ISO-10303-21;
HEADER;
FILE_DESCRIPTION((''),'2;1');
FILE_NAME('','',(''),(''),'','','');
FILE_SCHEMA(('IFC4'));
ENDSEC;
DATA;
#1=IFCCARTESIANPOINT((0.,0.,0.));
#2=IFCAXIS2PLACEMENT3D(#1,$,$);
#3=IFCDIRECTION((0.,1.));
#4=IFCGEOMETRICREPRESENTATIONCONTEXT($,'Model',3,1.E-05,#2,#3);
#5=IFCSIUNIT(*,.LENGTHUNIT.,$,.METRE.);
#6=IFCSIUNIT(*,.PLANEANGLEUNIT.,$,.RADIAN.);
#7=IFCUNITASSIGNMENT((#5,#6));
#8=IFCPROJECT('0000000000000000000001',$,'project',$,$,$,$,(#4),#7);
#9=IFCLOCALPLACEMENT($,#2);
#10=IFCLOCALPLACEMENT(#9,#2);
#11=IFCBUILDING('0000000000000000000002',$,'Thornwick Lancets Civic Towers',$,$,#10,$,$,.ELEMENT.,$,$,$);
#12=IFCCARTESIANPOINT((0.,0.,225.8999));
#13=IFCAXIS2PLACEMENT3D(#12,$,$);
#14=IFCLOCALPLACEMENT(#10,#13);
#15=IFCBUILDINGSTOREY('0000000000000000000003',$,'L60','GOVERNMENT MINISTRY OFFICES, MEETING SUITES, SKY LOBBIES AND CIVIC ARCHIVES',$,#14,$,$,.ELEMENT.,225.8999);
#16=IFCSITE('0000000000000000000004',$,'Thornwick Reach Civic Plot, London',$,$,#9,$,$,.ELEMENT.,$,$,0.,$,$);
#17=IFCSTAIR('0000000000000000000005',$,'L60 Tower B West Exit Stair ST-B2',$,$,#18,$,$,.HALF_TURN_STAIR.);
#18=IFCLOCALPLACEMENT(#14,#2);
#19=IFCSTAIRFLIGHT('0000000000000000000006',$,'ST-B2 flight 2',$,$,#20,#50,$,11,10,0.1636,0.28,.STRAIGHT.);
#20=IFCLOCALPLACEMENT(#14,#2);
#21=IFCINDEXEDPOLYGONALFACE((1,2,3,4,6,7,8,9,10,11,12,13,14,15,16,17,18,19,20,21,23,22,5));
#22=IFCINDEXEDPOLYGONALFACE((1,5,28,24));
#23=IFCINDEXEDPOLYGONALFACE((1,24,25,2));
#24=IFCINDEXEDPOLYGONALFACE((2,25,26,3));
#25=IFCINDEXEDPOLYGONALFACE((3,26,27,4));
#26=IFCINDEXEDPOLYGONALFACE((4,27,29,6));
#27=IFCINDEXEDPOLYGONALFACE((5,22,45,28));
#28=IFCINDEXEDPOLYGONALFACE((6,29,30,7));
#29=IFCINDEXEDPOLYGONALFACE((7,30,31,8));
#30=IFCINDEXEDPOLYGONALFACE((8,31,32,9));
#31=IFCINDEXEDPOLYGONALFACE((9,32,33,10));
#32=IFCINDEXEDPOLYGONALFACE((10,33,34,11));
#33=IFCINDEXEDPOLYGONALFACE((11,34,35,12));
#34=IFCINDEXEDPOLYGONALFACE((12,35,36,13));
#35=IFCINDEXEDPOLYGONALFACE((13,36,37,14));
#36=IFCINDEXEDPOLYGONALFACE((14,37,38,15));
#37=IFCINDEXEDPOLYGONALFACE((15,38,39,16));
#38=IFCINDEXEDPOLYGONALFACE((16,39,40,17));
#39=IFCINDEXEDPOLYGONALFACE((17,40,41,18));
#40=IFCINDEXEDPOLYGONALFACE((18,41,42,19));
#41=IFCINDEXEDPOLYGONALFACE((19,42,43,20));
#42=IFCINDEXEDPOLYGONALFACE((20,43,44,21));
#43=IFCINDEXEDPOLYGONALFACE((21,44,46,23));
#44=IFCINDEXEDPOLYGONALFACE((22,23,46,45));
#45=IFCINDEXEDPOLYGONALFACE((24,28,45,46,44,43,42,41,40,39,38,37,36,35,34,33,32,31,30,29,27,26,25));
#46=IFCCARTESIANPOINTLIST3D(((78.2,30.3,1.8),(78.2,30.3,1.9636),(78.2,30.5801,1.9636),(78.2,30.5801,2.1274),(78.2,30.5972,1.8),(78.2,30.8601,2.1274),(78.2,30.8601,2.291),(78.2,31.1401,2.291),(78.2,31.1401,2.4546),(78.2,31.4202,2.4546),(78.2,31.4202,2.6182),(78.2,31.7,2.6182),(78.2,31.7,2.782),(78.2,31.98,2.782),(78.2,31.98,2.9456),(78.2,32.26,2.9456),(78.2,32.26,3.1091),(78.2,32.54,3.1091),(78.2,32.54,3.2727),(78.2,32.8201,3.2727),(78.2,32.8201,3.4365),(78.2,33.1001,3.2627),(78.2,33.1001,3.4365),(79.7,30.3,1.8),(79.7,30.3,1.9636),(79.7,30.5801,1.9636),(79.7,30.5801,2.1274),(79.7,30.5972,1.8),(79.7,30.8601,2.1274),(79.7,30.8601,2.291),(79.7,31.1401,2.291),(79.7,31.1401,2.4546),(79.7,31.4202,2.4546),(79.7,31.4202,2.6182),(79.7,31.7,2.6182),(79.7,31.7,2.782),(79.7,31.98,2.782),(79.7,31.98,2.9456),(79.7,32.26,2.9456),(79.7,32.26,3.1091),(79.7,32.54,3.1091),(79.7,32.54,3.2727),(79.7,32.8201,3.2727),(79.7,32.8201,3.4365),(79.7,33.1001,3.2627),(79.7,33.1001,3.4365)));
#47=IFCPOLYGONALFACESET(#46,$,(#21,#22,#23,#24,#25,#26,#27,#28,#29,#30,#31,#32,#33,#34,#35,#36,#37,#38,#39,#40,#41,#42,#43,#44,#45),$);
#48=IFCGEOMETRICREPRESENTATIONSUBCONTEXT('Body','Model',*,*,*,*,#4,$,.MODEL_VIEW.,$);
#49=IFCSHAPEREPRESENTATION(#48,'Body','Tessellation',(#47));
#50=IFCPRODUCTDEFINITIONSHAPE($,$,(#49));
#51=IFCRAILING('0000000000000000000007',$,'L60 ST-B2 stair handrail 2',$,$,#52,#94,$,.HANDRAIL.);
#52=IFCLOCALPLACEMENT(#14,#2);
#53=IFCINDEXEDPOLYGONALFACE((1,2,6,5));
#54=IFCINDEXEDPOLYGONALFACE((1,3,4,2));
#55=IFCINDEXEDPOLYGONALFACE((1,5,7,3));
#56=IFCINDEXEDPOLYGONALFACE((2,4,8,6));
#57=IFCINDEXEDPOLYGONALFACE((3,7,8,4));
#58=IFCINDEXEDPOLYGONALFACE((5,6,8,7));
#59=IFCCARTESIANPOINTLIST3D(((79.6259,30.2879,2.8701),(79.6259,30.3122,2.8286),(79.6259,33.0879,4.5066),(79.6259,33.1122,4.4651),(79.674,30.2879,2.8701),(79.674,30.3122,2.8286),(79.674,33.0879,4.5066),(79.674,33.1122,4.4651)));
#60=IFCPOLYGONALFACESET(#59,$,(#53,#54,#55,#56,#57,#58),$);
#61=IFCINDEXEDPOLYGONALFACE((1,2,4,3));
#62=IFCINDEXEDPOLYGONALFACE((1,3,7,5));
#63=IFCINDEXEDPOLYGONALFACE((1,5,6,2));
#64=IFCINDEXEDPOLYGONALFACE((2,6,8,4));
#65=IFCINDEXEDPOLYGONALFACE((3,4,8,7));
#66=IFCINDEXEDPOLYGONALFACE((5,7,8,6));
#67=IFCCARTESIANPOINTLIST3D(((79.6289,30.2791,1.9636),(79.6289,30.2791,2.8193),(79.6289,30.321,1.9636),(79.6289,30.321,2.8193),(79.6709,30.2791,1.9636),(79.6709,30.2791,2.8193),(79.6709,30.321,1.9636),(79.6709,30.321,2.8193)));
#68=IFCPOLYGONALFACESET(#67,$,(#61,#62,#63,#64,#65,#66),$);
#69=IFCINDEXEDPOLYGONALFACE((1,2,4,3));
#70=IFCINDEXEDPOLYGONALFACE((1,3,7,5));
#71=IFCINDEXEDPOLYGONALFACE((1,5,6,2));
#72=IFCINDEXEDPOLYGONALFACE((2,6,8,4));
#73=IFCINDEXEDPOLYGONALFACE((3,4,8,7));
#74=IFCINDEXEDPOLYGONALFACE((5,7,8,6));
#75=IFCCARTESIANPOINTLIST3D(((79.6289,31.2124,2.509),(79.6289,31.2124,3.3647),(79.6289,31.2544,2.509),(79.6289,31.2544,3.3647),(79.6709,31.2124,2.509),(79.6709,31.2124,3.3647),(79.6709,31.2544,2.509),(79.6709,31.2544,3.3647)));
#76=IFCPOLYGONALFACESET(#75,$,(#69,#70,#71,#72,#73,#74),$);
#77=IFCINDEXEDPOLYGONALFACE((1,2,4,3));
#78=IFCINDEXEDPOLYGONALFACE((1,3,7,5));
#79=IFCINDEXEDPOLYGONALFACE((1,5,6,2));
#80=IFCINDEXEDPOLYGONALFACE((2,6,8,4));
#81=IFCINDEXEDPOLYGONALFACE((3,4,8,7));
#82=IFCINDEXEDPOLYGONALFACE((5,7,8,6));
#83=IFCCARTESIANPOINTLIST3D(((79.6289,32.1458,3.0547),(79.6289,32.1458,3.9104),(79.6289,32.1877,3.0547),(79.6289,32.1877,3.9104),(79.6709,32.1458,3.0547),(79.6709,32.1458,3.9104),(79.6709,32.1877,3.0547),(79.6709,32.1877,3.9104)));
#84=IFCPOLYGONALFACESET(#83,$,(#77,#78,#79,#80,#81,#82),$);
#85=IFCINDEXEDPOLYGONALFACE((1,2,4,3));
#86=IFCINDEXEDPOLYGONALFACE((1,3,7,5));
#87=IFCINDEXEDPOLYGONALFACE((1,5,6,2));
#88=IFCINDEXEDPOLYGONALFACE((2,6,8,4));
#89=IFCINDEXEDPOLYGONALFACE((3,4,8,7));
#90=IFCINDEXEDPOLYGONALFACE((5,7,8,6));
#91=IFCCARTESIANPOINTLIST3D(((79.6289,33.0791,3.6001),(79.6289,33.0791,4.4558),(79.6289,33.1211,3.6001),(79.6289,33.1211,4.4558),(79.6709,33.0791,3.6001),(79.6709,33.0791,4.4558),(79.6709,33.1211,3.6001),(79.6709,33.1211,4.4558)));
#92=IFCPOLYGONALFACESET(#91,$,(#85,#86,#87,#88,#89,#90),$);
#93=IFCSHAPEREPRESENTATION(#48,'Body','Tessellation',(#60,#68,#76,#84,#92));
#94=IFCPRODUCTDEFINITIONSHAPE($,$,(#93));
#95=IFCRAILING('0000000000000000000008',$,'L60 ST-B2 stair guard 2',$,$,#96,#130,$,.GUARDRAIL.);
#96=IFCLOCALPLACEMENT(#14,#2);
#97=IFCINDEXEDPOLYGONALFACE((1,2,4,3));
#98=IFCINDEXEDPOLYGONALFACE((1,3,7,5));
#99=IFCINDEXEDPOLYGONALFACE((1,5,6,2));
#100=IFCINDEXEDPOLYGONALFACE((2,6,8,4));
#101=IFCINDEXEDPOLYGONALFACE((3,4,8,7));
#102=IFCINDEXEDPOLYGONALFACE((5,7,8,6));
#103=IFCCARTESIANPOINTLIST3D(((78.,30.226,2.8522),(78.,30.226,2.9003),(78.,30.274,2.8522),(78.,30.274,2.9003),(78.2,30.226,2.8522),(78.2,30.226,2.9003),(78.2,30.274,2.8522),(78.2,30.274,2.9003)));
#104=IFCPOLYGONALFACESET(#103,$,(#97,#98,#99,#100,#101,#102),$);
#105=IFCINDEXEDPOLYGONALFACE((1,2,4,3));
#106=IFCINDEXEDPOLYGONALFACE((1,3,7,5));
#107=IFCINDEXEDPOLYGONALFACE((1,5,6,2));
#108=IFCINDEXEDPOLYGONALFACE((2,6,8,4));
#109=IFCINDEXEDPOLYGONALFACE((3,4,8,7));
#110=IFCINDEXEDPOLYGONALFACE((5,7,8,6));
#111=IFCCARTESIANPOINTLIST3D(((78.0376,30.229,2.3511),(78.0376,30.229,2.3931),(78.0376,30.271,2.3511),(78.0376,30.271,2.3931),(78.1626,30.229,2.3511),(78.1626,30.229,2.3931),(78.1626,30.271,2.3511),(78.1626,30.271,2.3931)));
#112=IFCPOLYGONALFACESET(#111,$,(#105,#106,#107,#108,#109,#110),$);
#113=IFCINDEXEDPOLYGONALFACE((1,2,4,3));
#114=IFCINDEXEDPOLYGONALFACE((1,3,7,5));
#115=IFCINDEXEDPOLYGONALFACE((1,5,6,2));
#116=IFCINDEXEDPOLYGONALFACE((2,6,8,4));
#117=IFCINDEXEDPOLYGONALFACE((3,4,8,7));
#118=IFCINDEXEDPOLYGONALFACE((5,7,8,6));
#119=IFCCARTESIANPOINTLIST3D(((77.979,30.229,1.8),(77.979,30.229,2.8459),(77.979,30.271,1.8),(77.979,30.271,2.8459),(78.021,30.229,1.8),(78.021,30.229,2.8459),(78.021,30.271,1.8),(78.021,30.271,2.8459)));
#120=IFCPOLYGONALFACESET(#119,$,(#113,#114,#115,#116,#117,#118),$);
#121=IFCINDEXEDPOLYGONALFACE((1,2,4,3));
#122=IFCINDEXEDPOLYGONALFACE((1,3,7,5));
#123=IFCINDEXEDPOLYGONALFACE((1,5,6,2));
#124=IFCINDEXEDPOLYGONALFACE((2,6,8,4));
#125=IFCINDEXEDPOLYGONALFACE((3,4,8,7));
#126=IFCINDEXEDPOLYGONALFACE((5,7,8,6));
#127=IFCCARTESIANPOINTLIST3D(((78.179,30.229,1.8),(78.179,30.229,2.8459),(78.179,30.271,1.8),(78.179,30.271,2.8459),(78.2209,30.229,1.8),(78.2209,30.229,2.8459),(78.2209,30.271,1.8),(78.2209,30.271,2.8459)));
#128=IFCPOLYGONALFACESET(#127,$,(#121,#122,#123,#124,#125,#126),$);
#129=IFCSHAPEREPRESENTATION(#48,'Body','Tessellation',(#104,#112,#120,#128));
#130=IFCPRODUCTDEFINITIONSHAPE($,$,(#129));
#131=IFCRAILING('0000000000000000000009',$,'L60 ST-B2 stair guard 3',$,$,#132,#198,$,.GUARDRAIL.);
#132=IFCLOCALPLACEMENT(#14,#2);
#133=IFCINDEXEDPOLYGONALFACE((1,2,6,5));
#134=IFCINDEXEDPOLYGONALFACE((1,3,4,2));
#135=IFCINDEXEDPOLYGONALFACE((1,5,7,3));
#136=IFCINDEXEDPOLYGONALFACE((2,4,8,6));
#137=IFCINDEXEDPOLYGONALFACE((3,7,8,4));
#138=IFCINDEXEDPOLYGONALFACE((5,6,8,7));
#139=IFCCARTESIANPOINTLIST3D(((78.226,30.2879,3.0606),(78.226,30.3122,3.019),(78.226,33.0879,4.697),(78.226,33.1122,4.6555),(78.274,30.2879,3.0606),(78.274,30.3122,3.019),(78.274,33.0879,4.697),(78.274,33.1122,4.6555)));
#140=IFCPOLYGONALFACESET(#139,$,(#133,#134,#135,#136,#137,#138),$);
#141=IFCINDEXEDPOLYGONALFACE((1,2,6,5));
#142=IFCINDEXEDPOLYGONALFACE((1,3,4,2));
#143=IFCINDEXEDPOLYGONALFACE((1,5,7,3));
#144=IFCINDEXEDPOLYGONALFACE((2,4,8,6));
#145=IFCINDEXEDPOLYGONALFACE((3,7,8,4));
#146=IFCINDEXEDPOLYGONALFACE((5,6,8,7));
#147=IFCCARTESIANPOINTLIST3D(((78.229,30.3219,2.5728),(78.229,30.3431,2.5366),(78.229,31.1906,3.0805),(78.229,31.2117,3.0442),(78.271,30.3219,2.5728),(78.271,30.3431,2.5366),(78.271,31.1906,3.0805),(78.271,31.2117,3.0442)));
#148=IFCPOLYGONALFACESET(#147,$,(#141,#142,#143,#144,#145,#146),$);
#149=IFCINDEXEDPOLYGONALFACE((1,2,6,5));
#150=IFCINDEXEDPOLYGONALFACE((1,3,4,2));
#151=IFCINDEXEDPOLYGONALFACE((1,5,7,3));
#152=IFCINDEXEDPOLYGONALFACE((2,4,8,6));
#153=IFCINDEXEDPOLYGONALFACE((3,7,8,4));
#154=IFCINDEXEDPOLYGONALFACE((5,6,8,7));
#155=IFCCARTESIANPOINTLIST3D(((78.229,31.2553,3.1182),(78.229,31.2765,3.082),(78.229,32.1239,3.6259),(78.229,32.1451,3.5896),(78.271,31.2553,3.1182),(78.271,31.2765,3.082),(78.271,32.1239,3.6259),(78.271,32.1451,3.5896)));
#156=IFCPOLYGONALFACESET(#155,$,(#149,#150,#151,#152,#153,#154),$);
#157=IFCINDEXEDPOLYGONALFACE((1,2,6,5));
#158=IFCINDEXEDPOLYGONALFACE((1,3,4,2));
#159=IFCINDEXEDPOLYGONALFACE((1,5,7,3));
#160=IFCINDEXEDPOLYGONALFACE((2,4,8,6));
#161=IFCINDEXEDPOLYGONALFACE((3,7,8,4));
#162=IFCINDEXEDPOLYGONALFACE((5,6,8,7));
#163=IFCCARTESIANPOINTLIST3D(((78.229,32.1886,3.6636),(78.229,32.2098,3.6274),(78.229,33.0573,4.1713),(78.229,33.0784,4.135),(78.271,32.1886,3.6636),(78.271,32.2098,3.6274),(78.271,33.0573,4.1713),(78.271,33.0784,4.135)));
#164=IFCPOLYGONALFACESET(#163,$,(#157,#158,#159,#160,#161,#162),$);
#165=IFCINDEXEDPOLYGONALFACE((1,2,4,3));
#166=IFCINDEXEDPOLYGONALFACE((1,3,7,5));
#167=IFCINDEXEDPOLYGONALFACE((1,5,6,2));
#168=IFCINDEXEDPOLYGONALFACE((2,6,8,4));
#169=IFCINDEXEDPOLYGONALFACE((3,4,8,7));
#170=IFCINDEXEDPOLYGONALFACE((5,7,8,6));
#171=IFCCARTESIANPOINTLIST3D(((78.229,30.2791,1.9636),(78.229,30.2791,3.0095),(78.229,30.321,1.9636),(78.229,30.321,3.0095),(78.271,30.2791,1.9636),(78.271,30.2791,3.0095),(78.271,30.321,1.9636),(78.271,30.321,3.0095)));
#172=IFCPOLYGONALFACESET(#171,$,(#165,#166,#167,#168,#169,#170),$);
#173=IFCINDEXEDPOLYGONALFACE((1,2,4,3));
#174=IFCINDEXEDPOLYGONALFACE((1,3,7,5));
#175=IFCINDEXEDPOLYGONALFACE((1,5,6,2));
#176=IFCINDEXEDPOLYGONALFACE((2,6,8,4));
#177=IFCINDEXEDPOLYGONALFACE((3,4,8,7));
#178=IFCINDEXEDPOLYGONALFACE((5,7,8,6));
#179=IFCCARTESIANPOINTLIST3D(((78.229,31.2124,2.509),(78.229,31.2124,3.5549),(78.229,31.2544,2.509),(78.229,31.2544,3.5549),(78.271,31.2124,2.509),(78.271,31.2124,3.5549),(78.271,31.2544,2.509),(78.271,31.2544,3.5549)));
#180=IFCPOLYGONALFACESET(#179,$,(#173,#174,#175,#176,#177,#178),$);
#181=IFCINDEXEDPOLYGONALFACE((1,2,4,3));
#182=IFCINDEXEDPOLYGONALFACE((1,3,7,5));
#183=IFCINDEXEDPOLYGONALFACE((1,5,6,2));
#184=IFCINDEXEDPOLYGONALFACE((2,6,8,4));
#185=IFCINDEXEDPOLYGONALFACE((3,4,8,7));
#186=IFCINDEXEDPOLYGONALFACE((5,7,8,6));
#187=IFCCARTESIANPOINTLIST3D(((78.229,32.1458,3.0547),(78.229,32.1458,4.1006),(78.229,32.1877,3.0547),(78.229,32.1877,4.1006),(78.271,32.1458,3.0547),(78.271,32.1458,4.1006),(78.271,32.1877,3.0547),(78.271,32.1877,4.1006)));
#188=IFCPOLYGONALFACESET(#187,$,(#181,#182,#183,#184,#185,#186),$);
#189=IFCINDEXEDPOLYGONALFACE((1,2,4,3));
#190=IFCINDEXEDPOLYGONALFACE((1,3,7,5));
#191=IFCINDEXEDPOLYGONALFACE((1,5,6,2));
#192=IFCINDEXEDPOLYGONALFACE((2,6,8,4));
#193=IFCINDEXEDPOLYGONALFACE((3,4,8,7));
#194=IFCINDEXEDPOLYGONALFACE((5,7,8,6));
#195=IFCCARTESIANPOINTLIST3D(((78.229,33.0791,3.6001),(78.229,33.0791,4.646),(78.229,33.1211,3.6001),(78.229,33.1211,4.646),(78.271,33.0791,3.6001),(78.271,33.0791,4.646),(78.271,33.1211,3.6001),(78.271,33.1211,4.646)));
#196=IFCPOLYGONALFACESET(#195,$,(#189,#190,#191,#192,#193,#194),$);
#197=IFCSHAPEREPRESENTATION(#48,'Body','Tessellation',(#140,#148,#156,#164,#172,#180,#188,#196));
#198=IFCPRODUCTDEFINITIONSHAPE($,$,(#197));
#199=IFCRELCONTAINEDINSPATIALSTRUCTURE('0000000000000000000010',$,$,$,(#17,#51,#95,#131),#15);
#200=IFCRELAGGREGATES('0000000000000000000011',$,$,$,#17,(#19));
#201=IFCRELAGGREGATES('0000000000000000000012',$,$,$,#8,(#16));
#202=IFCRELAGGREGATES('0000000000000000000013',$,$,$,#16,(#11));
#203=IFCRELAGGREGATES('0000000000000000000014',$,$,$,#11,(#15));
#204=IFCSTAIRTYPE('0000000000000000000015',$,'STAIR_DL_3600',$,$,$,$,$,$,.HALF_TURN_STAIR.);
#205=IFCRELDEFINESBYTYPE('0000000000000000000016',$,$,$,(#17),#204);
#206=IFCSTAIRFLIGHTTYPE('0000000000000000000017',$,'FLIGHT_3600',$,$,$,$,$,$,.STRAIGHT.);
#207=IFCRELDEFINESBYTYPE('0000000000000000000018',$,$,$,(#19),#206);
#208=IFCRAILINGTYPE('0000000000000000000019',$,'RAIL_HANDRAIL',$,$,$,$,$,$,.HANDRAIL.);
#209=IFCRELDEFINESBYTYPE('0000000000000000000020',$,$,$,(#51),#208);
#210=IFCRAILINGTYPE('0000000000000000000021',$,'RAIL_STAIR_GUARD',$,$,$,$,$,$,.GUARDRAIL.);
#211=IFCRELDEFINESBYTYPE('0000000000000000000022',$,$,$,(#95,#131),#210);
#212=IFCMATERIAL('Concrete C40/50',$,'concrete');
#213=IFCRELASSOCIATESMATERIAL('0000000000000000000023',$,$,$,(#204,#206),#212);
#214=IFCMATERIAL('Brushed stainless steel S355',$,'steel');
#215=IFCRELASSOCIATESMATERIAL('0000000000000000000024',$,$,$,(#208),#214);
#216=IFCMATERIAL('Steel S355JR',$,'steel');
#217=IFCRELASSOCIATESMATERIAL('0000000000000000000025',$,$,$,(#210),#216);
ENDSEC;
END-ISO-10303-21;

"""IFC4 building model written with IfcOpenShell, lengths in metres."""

from ifc_helpers import new_model, si_unit, direction, frame, origin, origin_2d, place, context, subcontext, project, spatial, polyline, rectangle, outline, extrude, material, type_object, element, aggregate, save


model = new_model("IFC4")

# Units and contexts
model_context = context("Model", 3, precision=1e-05, world=origin(), true_north=direction((0.0, 1.0)))
body_context = subcontext(model_context, "Body", "Model", "MODEL_VIEW")
ifc_project = project(units=[si_unit("LENGTHUNIT", "METRE"), si_unit("PLANEANGLEUNIT", "RADIAN")], contexts=[model_context])

# Site, building, storey
site_placement = place(None, origin())
site = spatial("IfcSite", under=ifc_project, at=site_placement, Name="Thornwick Reach Civic Plot, London", CompositionType="ELEMENT", RefElevation=0.0)
building_placement = place(site_placement, origin())
building = spatial("IfcBuilding", under=site, at=building_placement, Name="Thornwick Lancets Civic Towers", CompositionType="ELEMENT")
storey_placement = place(building_placement, frame((0.0, 0.0, 225.8999)))
storey = spatial("IfcBuildingStorey", under=building, at=storey_placement, Name="L60", Description="GOVERNMENT MINISTRY OFFICES, MEETING SUITES, SKY LOBBIES AND CIVIC ARCHIVES", CompositionType="ELEMENT", Elevation=225.8999)

# Shared definitions
ifc_material_1 = material(Name="Concrete C40/50", Category="concrete")

# Stair, stair flight
stair_type = type_object("IfcStairType", Name="STAIR_DL_3600", PredefinedType="HALF_TURN_STAIR", material=ifc_material_1)
stair_placement = place(storey_placement, origin())
stair = element("IfcStair", 1, at=stair_placement, inside=storey, type_object=stair_type, Name="L60 Tower B West Exit Stair ST-B2", PredefinedType="HALF_TURN_STAIR")
stair_flight_type = type_object("IfcStairFlightType", Name="FLIGHT_3600", PredefinedType="STRAIGHT", material=ifc_material_1)
stair_flight_placement = place(storey_placement, frame((78.95, 30.3, 1.8), z_axis=(0.0, 0.0, 1.0), x_axis=(0.0, 1.0, 0.0)))
stair_flight = element("IfcStairFlight", 2, at=stair_flight_placement, type_object=stair_flight_type, Name="ST-B2 flight 2", NumberOfRisers=11, NumberOfTreads=10, PredefinedType="STRAIGHT", RiserHeight=0.1636, TreadLength=0.28, context=body_context, shape_type="SweptSolid", body=[
    extrude(outline(polyline([(0.0, 0.0), (0.0, 0.1636), (0.28, 0.1636), (0.28, 0.3274), (0.5601, 0.3274), (0.5601, 0.491), (0.8401, 0.491), (0.8401, 0.6545), (1.1201, 0.6545), (1.1201, 0.8181), (1.3999, 0.8181), (1.3999, 0.9819), (1.6799, 0.9819), (1.6799, 1.1455), (1.96, 1.1455), (1.96, 1.3091), (2.24, 1.3091), (2.24, 1.4727), (2.52, 1.4727), (2.52, 1.6365), (2.8, 1.6365), (2.8, 1.8), (2.8, 1.4626), (0.2971, 0.0), (0.0, 0.0)])), frame((0.0, 0.75, 0.0), z_axis=(0.0, -1.0, 0.0), x_axis=(1.0, 0.0, 0.0)), (0.0, 0.0, 1.0), 1.5),
])
aggregate(stair, [stair_flight])

# Railings
ifc_material_2 = material(Name="Brushed stainless steel S355", Category="steel")
railing_type_1 = type_object("IfcRailingType", Name="RAIL_HANDRAIL", PredefinedType="HANDRAIL", material=ifc_material_2)
railing_1_placement = place(storey_placement, frame((79.6499, 30.3, 1.9636)))
element("IfcRailing", 3, at=railing_1_placement, inside=storey, type_object=railing_type_1, Name="L60 ST-B2 stair handrail 2", PredefinedType="HANDRAIL", context=body_context, shape_type="SweptSolid", body=[
    extrude(rectangle(XDim=0.0481, YDim=0.0481, at=origin_2d()), frame((0.0, 0.0, 0.8857), z_axis=(0.0, 0.863361, 0.504587), x_axis=(-1.0, 0.0, 0.0)), (0.0, 0.0, 1.0), 3.2432),
    extrude(rectangle(XDim=0.042, YDim=0.042, at=origin_2d()), origin(), (0.0, 0.0, 1.0), 0.8557),
    extrude(rectangle(XDim=0.042, YDim=0.042, at=origin_2d()), frame((0.0, 0.9333, 0.5454)), (0.0, 0.0, 1.0), 0.8557),
    extrude(rectangle(XDim=0.042, YDim=0.042, at=origin_2d()), frame((0.0, 1.8667, 1.0911)), (0.0, 0.0, 1.0), 0.8557),
    extrude(rectangle(XDim=0.042, YDim=0.042, at=origin_2d()), frame((0.0, 2.8, 1.6365)), (0.0, 0.0, 1.0), 0.8557),
])
ifc_material_3 = material(Name="Steel S355JR", Category="steel")
railing_type_2 = type_object("IfcRailingType", Name="RAIL_STAIR_GUARD", PredefinedType="GUARDRAIL", material=ifc_material_3)
railing_2_placement = place(storey_placement, frame((78.0, 30.25, 1.8)))
element("IfcRailing", 4, at=railing_2_placement, inside=storey, type_object=railing_type_2, Name="L60 ST-B2 stair guard 2", PredefinedType="GUARDRAIL", context=body_context, shape_type="SweptSolid", body=[
    extrude(rectangle(XDim=0.0481, YDim=0.0481, at=origin_2d()), frame((0.0, 0.0, 1.0762), z_axis=(1.0, 0.0, 0.0), x_axis=(0.0, 1.0, 0.0)), (0.0, 0.0, 1.0), 0.2),
    extrude(rectangle(XDim=0.042, YDim=0.042, at=origin_2d()), frame((0.0376, 0.0, 0.572), z_axis=(1.0, 0.0, 0.0), x_axis=(0.0, 1.0, 0.0)), (0.0, 0.0, 1.0), 0.125),
    extrude(rectangle(XDim=0.042, YDim=0.042, at=origin_2d()), origin(), (0.0, 0.0, 1.0), 1.0459),
    extrude(rectangle(XDim=0.042, YDim=0.042, at=origin_2d()), frame((0.2, 0.0, 0.0)), (0.0, 0.0, 1.0), 1.0459),
])
railing_3_placement = place(storey_placement, frame((78.25, 30.3, 1.9636)))
element("IfcRailing", 5, at=railing_3_placement, inside=storey, type_object=railing_type_2, Name="L60 ST-B2 stair guard 3", PredefinedType="GUARDRAIL", context=body_context, shape_type="SweptSolid", body=[
    extrude(rectangle(XDim=0.0481, YDim=0.0481, at=origin_2d()), frame((0.0, 0.0, 1.0762), z_axis=(0.0, 0.863361, 0.504587), x_axis=(-1.0, 0.0, 0.0)), (0.0, 0.0, 1.0), 3.2432),
    extrude(rectangle(XDim=0.042, YDim=0.042, at=origin_2d()), frame((0.0, 0.0325, 0.5911), z_axis=(0.0, 0.863361, 0.504587), x_axis=(-1.0, 0.0, 0.0)), (0.0, 0.0, 1.0), 1.0061),
    extrude(rectangle(XDim=0.042, YDim=0.042, at=origin_2d()), frame((0.0, 0.9658, 1.1365), z_axis=(0.0, 0.863361, 0.504587), x_axis=(-1.0, 0.0, 0.0)), (0.0, 0.0, 1.0), 1.0061),
    extrude(rectangle(XDim=0.042, YDim=0.042, at=origin_2d()), frame((0.0, 1.8992, 1.6819), z_axis=(0.0, 0.863361, 0.504587), x_axis=(-1.0, 0.0, 0.0)), (0.0, 0.0, 1.0), 1.0061),
    extrude(rectangle(XDim=0.042, YDim=0.042, at=origin_2d()), origin(), (0.0, 0.0, 1.0), 1.0459),
    extrude(rectangle(XDim=0.042, YDim=0.042, at=origin_2d()), frame((0.0, 0.9333, 0.5454)), (0.0, 0.0, 1.0), 1.0459),
    extrude(rectangle(XDim=0.042, YDim=0.042, at=origin_2d()), frame((0.0, 1.8667, 1.0911)), (0.0, 0.0, 1.0), 1.0459),
    extrude(rectangle(XDim=0.042, YDim=0.042, at=origin_2d()), frame((0.0, 2.8, 1.6365)), (0.0, 0.0, 1.0), 1.0459),
])

save(model, "model.ifc")
